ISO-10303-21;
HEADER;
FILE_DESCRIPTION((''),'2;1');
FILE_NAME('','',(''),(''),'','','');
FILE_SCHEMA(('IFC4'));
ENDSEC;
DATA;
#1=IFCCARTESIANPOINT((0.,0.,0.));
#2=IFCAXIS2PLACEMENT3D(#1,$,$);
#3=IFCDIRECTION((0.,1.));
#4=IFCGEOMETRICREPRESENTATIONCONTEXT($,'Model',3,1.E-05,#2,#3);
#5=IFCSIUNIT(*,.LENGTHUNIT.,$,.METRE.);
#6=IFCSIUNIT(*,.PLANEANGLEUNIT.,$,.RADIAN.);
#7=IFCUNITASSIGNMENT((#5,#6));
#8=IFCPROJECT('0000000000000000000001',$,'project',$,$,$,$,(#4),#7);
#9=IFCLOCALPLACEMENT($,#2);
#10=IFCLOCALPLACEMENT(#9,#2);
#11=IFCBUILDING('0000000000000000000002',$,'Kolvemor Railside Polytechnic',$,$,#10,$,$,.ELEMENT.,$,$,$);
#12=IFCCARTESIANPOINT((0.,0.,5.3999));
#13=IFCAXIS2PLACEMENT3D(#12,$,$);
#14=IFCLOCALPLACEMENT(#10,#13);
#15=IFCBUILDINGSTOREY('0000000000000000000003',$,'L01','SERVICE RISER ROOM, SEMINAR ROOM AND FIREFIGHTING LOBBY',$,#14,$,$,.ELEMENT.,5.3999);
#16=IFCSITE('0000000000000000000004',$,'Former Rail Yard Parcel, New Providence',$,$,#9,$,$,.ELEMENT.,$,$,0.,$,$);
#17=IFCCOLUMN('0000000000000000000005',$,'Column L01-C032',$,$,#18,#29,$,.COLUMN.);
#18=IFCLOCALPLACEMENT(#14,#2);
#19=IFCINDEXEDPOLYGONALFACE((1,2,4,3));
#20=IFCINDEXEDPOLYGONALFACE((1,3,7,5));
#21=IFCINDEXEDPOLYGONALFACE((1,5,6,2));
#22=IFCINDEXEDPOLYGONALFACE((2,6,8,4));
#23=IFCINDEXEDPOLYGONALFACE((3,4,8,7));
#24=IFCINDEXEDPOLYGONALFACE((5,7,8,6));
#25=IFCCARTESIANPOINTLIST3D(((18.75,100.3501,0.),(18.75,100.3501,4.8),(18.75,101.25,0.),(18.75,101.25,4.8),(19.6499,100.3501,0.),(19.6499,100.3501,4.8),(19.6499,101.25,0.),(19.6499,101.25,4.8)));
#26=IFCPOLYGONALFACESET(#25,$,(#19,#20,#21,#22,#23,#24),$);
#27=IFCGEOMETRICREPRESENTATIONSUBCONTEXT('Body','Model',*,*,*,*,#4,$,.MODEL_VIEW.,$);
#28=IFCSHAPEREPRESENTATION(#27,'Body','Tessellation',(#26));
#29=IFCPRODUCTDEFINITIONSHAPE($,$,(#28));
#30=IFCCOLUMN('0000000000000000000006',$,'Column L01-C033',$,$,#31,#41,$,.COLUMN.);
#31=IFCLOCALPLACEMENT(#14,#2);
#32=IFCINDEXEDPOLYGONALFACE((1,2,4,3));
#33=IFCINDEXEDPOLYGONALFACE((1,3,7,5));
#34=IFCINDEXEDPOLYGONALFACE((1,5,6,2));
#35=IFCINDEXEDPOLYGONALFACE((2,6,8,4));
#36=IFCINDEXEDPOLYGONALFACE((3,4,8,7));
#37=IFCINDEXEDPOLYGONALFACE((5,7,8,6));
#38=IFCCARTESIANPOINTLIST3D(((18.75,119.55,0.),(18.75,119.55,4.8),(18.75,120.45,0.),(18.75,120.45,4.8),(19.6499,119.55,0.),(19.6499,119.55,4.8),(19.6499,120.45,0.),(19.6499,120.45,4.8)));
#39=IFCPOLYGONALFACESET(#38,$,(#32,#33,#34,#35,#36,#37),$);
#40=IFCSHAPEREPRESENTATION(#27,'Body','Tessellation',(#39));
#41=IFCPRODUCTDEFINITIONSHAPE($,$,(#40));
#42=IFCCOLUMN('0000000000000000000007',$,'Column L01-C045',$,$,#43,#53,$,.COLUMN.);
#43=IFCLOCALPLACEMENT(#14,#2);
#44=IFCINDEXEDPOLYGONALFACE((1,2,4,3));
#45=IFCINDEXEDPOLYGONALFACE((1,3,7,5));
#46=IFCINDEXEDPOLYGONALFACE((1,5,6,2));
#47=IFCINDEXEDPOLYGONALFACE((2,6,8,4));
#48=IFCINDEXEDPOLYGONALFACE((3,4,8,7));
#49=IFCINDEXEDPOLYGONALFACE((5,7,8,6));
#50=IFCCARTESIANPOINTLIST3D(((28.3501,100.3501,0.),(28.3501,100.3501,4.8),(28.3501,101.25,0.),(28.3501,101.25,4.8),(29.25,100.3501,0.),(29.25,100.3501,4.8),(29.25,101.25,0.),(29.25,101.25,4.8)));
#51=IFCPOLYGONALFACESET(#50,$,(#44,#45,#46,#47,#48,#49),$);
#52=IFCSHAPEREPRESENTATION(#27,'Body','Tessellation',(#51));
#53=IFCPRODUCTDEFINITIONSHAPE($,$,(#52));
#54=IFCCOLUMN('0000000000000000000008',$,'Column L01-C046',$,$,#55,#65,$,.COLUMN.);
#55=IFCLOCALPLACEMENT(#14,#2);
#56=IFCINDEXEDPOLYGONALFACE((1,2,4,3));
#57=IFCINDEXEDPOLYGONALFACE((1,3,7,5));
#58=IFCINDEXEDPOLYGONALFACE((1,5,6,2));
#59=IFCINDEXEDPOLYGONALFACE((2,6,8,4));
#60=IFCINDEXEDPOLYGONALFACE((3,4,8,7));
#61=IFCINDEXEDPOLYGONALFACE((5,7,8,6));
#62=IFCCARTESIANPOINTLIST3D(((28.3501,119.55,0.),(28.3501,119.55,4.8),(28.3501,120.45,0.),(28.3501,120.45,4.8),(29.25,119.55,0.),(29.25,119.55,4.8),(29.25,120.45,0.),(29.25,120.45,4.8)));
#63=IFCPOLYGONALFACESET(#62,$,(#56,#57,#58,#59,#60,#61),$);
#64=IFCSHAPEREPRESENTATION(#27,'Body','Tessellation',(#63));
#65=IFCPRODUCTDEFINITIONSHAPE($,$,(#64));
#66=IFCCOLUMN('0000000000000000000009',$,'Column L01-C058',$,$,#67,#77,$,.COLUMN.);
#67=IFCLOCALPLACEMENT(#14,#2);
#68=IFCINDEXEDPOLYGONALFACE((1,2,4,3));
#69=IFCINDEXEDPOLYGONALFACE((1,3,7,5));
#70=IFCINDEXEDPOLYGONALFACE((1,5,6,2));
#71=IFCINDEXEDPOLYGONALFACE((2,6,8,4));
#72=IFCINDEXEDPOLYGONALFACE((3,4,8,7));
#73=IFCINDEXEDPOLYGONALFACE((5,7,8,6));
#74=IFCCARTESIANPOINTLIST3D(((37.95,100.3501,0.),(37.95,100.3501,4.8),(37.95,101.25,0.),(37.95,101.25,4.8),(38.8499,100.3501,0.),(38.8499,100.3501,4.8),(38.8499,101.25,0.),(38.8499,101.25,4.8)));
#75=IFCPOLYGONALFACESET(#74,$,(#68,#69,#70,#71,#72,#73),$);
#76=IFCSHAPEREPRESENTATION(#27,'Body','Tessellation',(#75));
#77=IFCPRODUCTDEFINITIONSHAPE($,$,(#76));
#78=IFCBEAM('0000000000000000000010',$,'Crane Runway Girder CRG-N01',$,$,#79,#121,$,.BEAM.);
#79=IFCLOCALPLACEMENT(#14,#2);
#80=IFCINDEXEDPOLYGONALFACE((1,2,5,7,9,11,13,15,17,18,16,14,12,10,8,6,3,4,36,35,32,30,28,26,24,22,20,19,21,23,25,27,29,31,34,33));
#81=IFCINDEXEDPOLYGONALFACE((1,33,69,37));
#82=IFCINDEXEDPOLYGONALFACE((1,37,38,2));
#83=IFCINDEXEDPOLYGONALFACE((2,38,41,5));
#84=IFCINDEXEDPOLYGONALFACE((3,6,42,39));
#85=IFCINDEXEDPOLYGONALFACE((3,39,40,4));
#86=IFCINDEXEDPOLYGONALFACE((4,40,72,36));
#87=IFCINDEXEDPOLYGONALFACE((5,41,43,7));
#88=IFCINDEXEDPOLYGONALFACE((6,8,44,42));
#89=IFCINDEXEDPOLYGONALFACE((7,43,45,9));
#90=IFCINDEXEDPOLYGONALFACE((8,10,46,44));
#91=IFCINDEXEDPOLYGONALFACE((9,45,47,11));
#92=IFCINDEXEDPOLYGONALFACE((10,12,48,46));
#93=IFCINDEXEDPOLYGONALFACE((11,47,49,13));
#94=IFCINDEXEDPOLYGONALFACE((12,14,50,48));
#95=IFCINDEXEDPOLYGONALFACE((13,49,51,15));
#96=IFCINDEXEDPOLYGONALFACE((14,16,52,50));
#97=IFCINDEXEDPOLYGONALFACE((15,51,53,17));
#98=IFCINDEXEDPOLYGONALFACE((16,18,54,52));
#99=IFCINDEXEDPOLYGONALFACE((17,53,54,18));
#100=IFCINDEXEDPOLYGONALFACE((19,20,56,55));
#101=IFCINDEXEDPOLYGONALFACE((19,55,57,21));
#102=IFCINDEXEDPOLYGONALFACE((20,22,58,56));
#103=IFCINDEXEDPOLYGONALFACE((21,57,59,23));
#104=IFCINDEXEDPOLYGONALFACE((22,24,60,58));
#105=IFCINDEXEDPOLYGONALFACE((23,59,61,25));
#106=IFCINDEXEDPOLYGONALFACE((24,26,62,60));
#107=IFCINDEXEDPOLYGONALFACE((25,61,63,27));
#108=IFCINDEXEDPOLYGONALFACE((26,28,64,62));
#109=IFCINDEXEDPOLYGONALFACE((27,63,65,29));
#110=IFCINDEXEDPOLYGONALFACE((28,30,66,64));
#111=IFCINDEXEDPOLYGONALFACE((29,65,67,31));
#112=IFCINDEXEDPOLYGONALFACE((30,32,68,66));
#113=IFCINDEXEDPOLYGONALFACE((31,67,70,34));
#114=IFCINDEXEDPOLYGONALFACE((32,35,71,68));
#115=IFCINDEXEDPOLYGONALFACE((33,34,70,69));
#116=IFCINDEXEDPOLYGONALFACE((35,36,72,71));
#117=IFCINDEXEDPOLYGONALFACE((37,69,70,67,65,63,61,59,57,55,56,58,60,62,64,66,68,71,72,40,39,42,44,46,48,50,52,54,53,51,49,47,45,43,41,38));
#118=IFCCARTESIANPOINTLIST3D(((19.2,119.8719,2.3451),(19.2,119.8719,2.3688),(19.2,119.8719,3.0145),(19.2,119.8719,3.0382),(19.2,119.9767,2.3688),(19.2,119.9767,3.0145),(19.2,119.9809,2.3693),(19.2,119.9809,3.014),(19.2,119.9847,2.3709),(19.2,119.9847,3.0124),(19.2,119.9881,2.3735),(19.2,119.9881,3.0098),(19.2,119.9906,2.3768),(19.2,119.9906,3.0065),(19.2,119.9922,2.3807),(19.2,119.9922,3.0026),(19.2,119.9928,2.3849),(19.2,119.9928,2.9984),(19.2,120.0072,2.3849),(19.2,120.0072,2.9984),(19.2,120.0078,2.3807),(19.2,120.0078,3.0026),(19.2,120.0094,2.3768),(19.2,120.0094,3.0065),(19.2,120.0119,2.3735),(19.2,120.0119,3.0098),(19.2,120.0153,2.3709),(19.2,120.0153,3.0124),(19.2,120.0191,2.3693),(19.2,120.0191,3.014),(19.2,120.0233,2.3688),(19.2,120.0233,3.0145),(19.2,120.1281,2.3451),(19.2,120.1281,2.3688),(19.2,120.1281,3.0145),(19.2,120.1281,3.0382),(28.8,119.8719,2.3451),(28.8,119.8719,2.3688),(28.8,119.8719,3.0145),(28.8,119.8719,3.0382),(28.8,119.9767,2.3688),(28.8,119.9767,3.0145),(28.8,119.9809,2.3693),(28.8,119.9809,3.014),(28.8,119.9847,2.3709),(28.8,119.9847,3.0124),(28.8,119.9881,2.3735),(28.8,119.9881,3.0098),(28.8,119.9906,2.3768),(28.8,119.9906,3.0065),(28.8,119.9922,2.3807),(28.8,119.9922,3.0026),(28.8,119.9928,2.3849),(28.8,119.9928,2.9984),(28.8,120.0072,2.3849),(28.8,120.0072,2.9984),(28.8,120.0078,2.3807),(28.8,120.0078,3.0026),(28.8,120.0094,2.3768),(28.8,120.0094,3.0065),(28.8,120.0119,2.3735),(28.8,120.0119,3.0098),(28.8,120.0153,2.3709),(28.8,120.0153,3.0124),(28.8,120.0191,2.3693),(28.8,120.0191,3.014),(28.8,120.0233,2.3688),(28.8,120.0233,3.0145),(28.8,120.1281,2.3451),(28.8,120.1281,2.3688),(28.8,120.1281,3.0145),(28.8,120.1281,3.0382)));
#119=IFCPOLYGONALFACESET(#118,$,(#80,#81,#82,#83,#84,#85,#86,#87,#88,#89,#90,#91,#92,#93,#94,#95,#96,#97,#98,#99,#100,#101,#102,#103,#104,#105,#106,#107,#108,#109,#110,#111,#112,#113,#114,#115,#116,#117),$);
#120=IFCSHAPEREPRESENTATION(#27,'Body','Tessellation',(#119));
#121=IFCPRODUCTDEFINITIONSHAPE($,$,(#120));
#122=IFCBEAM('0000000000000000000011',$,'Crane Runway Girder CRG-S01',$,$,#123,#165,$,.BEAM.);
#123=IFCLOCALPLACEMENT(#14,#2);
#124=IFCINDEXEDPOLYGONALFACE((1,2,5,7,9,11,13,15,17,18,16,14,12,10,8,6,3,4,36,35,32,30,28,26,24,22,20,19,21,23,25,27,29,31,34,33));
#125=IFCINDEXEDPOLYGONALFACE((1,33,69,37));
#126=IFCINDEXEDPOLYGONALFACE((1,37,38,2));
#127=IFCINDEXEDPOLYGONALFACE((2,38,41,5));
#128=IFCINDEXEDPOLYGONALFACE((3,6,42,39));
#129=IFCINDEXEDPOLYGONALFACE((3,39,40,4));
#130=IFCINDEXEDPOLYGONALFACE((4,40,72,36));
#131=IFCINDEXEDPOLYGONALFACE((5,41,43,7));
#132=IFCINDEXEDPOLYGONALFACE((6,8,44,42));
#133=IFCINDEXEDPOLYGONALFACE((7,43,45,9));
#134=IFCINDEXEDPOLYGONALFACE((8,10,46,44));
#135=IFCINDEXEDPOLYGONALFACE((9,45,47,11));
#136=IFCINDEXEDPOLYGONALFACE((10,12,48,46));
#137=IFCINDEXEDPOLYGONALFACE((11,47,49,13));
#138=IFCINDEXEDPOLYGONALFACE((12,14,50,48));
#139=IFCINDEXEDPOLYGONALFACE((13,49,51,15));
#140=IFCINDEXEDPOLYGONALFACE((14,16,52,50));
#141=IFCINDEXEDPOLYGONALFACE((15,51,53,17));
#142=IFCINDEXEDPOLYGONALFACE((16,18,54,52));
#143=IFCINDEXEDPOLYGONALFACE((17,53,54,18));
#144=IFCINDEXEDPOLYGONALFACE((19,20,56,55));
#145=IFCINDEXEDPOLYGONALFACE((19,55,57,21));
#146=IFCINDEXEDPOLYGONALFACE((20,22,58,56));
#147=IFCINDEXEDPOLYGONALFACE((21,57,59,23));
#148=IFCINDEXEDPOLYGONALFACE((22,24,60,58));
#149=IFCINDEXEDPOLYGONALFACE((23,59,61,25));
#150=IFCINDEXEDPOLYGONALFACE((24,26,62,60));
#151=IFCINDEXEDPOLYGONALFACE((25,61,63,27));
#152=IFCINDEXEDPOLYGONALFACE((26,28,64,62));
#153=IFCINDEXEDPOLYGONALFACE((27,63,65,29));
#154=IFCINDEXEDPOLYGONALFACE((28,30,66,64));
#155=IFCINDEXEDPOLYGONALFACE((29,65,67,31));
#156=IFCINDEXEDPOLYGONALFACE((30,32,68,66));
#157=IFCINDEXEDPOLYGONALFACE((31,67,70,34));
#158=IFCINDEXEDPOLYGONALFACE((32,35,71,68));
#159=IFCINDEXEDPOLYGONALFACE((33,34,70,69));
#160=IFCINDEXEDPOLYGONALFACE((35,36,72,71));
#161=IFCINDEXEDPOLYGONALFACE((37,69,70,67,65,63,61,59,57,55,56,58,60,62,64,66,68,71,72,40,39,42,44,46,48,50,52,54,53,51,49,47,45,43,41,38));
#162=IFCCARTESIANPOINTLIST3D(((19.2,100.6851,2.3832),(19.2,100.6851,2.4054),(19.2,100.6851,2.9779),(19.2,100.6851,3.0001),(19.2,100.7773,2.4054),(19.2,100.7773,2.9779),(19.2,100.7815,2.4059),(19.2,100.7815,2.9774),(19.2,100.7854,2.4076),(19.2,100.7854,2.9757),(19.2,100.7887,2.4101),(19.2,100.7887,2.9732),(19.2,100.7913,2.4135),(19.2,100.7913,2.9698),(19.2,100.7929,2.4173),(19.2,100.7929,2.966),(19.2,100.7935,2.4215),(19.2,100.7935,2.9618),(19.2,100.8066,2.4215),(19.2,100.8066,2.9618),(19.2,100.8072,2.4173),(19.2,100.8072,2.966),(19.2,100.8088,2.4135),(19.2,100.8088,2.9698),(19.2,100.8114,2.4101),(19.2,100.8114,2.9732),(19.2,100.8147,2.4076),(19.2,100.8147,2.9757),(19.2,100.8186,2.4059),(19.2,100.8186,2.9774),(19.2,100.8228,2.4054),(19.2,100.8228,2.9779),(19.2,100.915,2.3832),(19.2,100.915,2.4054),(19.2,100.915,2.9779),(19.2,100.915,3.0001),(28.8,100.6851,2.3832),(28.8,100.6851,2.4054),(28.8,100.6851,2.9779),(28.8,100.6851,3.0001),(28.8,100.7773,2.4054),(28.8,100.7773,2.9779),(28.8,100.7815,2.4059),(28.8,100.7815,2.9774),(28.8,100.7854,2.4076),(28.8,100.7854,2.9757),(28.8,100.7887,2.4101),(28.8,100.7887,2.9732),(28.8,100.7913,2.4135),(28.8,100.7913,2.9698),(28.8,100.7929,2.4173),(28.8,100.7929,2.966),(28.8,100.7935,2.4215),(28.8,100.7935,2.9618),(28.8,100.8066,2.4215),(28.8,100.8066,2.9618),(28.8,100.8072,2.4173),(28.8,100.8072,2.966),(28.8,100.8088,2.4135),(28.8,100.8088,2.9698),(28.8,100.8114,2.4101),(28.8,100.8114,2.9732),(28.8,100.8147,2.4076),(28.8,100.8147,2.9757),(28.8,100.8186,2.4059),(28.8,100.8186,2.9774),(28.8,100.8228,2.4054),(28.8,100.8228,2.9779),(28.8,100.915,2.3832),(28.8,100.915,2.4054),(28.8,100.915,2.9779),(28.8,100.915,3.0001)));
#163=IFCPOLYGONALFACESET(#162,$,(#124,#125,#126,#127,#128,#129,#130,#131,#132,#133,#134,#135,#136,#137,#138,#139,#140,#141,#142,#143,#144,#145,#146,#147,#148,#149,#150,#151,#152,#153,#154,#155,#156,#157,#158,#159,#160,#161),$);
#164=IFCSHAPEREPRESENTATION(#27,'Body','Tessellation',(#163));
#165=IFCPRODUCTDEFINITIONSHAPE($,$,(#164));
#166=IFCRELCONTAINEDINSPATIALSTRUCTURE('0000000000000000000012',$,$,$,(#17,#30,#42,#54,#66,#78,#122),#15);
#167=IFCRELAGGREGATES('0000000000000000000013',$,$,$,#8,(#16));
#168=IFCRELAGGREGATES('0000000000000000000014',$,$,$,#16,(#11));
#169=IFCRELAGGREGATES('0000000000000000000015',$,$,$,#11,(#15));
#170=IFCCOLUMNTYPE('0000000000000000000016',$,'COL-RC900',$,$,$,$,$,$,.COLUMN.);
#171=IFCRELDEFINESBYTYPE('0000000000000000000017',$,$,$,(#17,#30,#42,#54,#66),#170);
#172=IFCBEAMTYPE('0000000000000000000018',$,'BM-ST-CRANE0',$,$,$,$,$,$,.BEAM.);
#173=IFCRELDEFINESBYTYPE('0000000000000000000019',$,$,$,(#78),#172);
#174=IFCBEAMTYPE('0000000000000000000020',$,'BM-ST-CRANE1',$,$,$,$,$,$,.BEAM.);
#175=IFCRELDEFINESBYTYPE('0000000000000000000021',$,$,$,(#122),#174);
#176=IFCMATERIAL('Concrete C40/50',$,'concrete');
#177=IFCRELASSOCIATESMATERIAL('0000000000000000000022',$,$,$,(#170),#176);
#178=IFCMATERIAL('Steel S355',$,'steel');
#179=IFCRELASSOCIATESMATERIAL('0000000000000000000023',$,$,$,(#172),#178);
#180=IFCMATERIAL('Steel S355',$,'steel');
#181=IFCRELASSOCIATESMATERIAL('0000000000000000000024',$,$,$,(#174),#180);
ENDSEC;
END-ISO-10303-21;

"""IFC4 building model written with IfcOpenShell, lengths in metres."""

from ifc_helpers import new_model, si_unit, direction, frame, origin, origin_2d, place, context, subcontext, project, spatial, rectangle, i_section, extrude, material, material_profile, profile_set, type_object, element, save


model = new_model("IFC4")

# Units and contexts
model_context = context("Model", 3, precision=1e-05, world=origin(), true_north=direction((0.0, 1.0)))
body_context = subcontext(model_context, "Body", "Model", "MODEL_VIEW")
ifc_project = project(units=[si_unit("LENGTHUNIT", "METRE"), si_unit("PLANEANGLEUNIT", "RADIAN")], contexts=[model_context])

# Site, building, storey
site_placement = place(None, origin())
site = spatial("IfcSite", under=ifc_project, at=site_placement, Name="Former Rail Yard Parcel, New Providence", CompositionType="ELEMENT", RefElevation=0.0)
building_placement = place(site_placement, origin())
building = spatial("IfcBuilding", under=site, at=building_placement, Name="Kolvemor Railside Polytechnic", CompositionType="ELEMENT")
storey_placement = place(building_placement, frame((0.0, 0.0, 5.3999)))
storey = spatial("IfcBuildingStorey", under=building, at=storey_placement, Name="L01", Description="SERVICE RISER ROOM, SEMINAR ROOM AND FIREFIGHTING LOBBY", CompositionType="ELEMENT", Elevation=5.3999)

# Columns
ifc_material_1 = material(Name="Concrete C40/50", Category="concrete")
ifc_material_profile_1 = material_profile(ifc_material_1, rectangle(XDim=0.8999, YDim=0.8999, at=origin_2d()), Name="RC900x900")
ifc_profile_set_1 = profile_set([ifc_material_profile_1], Name="Concrete C40/50")
column_type = type_object("IfcColumnType", Name="COL-RC900", PredefinedType="COLUMN", material=ifc_profile_set_1)
for number, where, z_axis, x_axis, name in (
    (1, (19.2, 100.8, 0.0), (0.0, 0.0, 1.0), (1.0, 0.0, 0.0), "Column L01-C032"),
    (2, (19.2, 120.0, 0.0), (0.0, 0.0, 1.0), (1.0, 0.0, 0.0), "Column L01-C033"),
    (3, (28.8, 100.8, 0.0), (0.0, 0.0, 1.0), (1.0, 0.0, 0.0), "Column L01-C045"),
    (4, (28.8, 120.0, 0.0), (0.0, 0.0, 1.0), (1.0, 0.0, 0.0), "Column L01-C046"),
    (5, (38.3999, 100.8, 0.0), (0.0, 0.0, 1.0), (1.0, 0.0, 0.0), "Column L01-C058"),
):
    element("IfcColumn", number, at=place(storey_placement, frame(where, z_axis=z_axis, x_axis=x_axis)), inside=storey, type_object=column_type, Name=name, PredefinedType="COLUMN", context=body_context, shape_type="SweptSolid", body=[
        extrude(rectangle(XDim=0.8999, YDim=0.8999, at=origin_2d()), origin(), (0.0, 0.0, 1.0), 4.8),
    ])

# Beams
ifc_material_2 = material(Name="Steel S355", Category="steel")
ifc_material_profile_2 = material_profile(ifc_material_2, i_section(OverallWidth=0.2561, OverallDepth=0.6931, WebThickness=0.0144, FlangeThickness=0.0237, FilletRadius=0.0161, at=origin_2d()), Name="W690x170")
ifc_profile_set_2 = profile_set([ifc_material_profile_2], Name="Steel S355")
beam_type_1 = type_object("IfcBeamType", Name="BM-ST-CRANE0", PredefinedType="BEAM", material=ifc_profile_set_2)
beam_1_placement = place(storey_placement, frame((19.2, 120.0, 2.6917), z_axis=(1.0, 0.0, 0.0), x_axis=(0.0, 1.0, 0.0)))
element("IfcBeam", 6, at=beam_1_placement, inside=storey, type_object=beam_type_1, Name="Crane Runway Girder CRG-N01", PredefinedType="BEAM", context=body_context, shape_type="SweptSolid", body=[
    extrude(i_section(OverallWidth=0.2561, OverallDepth=0.6931, WebThickness=0.0144, FlangeThickness=0.0237, FilletRadius=0.0161, at=origin_2d()), origin(), (0.0, 0.0, 1.0), 9.6001),
])
ifc_material_3 = material(Name="Steel S355", Category="steel")
ifc_material_profile_3 = material_profile(ifc_material_3, i_section(OverallWidth=0.23, OverallDepth=0.6169, WebThickness=0.0132, FlangeThickness=0.0222, FilletRadius=0.0161, at=origin_2d()), Name="W610x140")
ifc_profile_set_3 = profile_set([ifc_material_profile_3], Name="Steel S355")
beam_type_2 = type_object("IfcBeamType", Name="BM-ST-CRANE1", PredefinedType="BEAM", material=ifc_profile_set_3)
beam_2_placement = place(storey_placement, frame((19.2, 100.8, 2.6917), z_axis=(1.0, 0.0, 0.0), x_axis=(0.0, 1.0, 0.0)))
element("IfcBeam", 7, at=beam_2_placement, inside=storey, type_object=beam_type_2, Name="Crane Runway Girder CRG-S01", PredefinedType="BEAM", context=body_context, shape_type="SweptSolid", body=[
    extrude(i_section(OverallWidth=0.23, OverallDepth=0.6169, WebThickness=0.0132, FlangeThickness=0.0222, FilletRadius=0.0161, at=origin_2d()), origin(), (0.0, 0.0, 1.0), 9.6001),
])

save(model, "model.ifc")
